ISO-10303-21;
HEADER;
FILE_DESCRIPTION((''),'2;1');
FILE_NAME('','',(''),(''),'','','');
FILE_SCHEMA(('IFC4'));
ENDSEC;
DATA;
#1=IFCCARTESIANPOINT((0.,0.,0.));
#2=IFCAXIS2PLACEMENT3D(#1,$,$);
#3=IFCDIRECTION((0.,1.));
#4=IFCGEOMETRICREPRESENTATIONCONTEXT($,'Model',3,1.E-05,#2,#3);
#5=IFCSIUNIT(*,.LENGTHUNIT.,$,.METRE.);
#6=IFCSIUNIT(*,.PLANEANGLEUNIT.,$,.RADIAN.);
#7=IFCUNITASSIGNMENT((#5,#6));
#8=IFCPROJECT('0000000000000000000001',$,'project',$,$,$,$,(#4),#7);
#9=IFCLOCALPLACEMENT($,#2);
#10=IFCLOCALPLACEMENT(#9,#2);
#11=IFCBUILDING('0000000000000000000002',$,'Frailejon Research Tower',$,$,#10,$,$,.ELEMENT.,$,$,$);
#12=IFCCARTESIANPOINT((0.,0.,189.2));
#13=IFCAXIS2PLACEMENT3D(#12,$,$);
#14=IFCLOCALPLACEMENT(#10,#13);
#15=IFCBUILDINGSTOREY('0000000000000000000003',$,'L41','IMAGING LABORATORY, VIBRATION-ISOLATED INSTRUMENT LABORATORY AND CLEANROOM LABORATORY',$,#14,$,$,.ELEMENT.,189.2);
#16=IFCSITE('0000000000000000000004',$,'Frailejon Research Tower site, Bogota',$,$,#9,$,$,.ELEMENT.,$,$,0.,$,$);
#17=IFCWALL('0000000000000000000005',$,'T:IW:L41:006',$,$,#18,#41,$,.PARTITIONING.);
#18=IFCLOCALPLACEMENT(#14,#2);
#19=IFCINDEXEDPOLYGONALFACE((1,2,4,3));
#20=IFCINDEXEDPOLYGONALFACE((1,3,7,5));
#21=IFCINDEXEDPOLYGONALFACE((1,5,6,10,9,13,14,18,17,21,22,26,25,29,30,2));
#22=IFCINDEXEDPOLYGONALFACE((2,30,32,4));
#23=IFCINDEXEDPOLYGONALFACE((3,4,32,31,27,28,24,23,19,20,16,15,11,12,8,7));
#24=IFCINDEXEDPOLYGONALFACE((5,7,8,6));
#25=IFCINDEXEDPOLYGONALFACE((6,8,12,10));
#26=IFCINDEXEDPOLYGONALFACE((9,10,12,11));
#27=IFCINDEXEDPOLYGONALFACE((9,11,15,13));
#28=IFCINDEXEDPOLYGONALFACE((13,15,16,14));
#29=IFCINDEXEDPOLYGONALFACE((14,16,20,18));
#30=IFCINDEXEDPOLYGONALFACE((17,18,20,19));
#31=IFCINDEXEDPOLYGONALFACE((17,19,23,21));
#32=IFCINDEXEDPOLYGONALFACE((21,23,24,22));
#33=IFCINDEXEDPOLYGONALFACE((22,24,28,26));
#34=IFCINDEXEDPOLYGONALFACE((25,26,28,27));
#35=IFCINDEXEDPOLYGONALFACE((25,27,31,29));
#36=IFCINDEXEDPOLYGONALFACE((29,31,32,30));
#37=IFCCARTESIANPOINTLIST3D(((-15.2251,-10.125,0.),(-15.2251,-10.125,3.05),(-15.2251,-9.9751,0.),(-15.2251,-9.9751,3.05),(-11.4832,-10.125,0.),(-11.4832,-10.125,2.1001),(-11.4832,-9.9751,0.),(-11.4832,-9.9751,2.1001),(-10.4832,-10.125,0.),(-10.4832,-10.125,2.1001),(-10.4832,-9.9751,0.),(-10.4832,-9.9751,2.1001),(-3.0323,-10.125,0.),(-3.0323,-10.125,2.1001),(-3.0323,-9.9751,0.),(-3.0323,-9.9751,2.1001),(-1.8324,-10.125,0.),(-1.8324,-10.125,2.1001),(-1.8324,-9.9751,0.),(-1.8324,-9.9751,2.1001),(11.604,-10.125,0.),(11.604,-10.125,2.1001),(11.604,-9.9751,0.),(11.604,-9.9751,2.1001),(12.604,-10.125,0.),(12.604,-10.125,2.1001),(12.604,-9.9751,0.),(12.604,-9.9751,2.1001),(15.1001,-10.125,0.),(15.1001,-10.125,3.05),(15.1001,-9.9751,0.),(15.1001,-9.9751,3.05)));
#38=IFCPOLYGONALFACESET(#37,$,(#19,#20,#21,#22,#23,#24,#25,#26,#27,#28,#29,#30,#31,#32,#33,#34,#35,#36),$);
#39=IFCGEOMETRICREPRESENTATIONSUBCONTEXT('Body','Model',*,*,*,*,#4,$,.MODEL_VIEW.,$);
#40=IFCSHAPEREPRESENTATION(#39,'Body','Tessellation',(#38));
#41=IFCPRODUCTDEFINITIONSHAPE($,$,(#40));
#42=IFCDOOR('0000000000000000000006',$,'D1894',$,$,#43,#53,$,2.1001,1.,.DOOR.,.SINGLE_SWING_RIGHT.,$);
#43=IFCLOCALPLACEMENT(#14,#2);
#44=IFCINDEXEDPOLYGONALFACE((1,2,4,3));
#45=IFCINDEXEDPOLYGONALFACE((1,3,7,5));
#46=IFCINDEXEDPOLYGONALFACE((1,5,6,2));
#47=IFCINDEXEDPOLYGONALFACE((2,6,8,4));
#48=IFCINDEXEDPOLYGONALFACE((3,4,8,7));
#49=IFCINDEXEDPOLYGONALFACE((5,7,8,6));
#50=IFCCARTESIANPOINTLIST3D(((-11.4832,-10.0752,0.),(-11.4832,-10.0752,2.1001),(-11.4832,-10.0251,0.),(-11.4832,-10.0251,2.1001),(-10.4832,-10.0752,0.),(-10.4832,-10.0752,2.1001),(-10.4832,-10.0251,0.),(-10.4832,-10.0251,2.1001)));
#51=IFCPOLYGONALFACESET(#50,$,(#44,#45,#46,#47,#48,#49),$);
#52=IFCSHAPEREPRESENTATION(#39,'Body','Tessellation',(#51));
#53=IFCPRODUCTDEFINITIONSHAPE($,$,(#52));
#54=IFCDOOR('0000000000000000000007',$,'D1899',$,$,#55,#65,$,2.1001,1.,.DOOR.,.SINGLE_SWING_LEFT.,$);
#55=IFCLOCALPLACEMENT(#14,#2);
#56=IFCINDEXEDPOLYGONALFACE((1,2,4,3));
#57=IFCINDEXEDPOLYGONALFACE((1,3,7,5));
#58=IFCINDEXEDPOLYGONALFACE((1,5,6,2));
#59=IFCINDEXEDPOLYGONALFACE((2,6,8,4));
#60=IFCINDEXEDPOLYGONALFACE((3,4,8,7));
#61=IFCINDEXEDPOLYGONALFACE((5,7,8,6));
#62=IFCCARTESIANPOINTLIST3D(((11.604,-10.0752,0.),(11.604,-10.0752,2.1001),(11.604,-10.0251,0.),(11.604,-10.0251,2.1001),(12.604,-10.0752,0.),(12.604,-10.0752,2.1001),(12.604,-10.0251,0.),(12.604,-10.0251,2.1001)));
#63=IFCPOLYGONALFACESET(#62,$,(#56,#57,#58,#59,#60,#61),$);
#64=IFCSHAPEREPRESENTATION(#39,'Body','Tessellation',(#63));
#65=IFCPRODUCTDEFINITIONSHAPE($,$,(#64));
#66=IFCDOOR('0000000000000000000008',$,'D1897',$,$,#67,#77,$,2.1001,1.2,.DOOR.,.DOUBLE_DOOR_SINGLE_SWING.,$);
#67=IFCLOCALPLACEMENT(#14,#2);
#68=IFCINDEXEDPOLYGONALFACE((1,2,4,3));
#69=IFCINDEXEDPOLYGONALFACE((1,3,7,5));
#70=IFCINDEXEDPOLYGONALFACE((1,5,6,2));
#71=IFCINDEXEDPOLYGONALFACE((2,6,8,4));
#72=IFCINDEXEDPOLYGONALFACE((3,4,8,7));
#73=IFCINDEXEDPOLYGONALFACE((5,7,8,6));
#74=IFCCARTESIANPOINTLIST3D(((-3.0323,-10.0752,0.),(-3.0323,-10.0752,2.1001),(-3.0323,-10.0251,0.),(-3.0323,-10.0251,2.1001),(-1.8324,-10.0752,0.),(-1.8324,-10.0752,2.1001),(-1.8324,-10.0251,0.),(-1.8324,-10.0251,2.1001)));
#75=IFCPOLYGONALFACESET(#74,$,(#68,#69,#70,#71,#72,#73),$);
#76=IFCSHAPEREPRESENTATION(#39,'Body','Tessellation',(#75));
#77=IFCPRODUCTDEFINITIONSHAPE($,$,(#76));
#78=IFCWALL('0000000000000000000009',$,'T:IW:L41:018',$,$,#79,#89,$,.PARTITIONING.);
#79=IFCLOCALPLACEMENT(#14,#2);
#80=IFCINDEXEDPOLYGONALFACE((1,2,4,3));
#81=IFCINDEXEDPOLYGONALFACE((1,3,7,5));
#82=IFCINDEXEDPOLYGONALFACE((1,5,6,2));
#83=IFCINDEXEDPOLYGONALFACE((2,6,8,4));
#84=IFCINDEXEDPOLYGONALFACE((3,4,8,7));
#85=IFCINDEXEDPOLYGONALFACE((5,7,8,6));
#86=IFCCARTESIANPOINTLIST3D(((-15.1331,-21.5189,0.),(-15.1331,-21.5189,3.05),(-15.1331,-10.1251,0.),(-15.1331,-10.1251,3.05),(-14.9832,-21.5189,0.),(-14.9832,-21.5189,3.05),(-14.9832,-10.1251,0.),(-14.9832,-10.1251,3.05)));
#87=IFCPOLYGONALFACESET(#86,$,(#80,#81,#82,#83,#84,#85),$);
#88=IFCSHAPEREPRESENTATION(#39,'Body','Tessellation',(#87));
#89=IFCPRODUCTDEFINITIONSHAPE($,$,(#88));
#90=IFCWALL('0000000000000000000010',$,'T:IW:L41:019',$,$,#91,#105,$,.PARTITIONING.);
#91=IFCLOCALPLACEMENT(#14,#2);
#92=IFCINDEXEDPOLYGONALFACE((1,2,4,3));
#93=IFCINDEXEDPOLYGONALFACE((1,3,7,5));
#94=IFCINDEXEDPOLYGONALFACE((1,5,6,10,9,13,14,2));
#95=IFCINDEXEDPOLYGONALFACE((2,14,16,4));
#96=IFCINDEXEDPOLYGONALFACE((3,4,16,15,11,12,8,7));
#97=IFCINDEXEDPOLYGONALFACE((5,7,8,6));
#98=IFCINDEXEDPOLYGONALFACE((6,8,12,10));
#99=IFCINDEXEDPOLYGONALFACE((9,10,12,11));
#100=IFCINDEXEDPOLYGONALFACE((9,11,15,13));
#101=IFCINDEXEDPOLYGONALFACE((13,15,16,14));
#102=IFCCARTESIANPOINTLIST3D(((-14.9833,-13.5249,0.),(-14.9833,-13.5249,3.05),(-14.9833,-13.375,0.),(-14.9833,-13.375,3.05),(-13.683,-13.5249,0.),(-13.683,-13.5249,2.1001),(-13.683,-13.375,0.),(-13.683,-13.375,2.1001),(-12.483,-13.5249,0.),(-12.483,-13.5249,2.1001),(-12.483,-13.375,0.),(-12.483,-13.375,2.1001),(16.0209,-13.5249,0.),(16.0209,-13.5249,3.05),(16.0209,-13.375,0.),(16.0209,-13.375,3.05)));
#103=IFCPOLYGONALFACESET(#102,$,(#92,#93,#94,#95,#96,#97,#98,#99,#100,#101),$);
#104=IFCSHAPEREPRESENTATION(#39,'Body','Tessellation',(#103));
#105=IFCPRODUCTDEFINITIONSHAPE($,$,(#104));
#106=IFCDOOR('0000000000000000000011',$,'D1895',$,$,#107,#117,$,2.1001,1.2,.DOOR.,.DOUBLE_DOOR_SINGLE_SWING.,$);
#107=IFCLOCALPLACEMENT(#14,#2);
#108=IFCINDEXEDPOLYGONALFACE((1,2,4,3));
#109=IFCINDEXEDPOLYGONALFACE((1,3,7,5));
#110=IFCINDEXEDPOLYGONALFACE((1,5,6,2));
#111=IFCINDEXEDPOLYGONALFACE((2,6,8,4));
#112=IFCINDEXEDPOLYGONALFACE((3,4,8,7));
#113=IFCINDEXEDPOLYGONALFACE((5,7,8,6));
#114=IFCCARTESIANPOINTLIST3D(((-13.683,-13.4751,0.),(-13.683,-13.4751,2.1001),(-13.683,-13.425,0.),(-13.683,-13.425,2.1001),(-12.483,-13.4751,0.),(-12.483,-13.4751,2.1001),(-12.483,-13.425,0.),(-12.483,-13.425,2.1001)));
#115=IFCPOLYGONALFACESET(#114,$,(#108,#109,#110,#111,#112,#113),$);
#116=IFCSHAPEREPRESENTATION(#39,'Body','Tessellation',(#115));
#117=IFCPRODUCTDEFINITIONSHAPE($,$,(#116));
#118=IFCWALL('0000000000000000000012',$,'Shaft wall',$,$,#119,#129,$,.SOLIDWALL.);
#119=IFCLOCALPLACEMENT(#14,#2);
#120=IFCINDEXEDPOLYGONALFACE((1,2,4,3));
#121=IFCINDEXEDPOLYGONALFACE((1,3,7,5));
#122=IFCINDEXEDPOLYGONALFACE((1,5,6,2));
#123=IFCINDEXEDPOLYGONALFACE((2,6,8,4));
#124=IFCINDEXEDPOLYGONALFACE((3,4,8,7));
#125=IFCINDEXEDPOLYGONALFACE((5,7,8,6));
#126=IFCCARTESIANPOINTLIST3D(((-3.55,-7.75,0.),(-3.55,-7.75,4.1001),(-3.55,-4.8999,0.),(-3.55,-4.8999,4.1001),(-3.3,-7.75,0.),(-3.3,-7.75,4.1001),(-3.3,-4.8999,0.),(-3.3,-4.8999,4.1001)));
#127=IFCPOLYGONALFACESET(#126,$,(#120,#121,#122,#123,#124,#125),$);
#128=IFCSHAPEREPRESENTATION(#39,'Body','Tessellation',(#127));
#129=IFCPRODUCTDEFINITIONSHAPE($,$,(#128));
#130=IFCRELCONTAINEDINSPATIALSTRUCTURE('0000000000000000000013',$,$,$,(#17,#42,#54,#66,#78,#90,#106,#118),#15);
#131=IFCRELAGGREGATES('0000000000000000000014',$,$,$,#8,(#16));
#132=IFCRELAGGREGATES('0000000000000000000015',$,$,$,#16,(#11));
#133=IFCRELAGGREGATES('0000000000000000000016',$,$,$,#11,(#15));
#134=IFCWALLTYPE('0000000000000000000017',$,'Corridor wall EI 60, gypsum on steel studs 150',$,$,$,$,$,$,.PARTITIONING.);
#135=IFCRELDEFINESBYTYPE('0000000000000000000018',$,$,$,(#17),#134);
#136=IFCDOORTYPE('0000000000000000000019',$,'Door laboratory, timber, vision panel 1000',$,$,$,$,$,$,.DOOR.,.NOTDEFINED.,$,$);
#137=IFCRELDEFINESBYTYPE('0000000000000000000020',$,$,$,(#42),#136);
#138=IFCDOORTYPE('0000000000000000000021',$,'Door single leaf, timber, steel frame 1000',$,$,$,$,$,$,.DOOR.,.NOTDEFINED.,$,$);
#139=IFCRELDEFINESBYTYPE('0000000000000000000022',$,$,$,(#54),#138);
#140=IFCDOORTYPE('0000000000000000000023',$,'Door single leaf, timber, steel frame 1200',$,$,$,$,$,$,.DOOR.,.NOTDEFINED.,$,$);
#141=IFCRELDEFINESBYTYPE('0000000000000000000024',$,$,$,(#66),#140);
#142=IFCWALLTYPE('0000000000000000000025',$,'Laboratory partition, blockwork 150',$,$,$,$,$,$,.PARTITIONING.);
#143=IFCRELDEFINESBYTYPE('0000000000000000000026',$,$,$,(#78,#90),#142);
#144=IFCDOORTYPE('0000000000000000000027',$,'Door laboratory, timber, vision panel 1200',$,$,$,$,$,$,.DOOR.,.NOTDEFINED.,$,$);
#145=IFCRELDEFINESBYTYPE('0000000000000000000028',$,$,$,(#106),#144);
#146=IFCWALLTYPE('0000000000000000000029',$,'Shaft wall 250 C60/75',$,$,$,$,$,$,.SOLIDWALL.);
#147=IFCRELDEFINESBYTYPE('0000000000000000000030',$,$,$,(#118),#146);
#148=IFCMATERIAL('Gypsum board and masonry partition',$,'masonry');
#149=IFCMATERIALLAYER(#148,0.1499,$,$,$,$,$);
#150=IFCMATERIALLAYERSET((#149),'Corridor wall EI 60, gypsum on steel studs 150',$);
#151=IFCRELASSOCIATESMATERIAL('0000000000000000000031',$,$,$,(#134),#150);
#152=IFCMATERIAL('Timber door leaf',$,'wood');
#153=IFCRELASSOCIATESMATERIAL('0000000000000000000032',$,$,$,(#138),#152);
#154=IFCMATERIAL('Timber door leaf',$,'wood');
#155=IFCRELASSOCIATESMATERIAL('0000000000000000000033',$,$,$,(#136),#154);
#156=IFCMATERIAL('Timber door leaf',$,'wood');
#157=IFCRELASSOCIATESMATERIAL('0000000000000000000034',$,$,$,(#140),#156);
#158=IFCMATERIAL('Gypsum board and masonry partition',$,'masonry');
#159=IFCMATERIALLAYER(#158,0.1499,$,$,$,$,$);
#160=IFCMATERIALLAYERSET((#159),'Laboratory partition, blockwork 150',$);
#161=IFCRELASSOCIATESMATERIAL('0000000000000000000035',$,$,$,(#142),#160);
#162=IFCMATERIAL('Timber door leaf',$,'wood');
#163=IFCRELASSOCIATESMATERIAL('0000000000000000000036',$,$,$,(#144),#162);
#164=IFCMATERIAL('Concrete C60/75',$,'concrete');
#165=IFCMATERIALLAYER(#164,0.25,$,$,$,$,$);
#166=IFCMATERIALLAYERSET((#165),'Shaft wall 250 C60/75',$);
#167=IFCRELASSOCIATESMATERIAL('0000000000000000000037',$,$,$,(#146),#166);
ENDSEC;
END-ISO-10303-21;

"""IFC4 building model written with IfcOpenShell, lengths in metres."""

from ifc_helpers import new_model, si_unit, direction, frame, frame_2d, origin, place, context, subcontext, project, spatial, rectangle, extrude, material, layer, layer_set, type_object, element, fill, save


model = new_model("IFC4")

# Units and contexts
model_context = context("Model", 3, precision=1e-05, world=origin(), true_north=direction((0.0, 1.0)))
body_context = subcontext(model_context, "Body", "Model", "MODEL_VIEW")
ifc_project = project(units=[si_unit("LENGTHUNIT", "METRE"), si_unit("PLANEANGLEUNIT", "RADIAN")], contexts=[model_context])

# Site, building, storey
site_placement = place(None, origin())
site = spatial("IfcSite", under=ifc_project, at=site_placement, Name="Frailejon Research Tower site, Bogota", CompositionType="ELEMENT", RefElevation=0.0)
building_placement = place(site_placement, origin())
building = spatial("IfcBuilding", under=site, at=building_placement, Name="Frailejon Research Tower", CompositionType="ELEMENT")
storey_placement = place(building_placement, frame((0.0, 0.0, 189.2)))
storey = spatial("IfcBuildingStorey", under=building, at=storey_placement, Name="L41", Description="IMAGING LABORATORY, VIBRATION-ISOLATED INSTRUMENT LABORATORY AND CLEANROOM LABORATORY", CompositionType="ELEMENT", Elevation=189.2)

# Shared definitions
ifc_material_1 = material(Name="Gypsum board and masonry partition", Category="masonry")
ifc_layer_1 = layer(ifc_material_1, 0.1499)
ifc_layer_set_1 = layer_set([ifc_layer_1], Name="Corridor wall EI 60, gypsum on steel studs 150")
wall_type_1 = type_object("IfcWallType", Name="Corridor wall EI 60, gypsum on steel studs 150", PredefinedType="PARTITIONING", material=ifc_layer_set_1)
ifc_material_2 = material(Name="Timber door leaf", Category="wood")
door_type_1 = type_object("IfcDoorType", Name="Door single leaf, timber, steel frame 1000", OperationType="NOTDEFINED", PredefinedType="DOOR", material=ifc_material_2)

# Wall, openings, doors
wall_1_placement = place(storey_placement, frame((-15.2251, -10.05, 0.0), z_axis=(0.0, 0.0, 1.0), x_axis=(1.0, 0.0, 0.0)))
wall_1 = element("IfcWall", 1, at=wall_1_placement, inside=storey, type_object=wall_type_1, Name="T:IW:L41:006", PredefinedType="PARTITIONING", context=body_context, shape_type="SweptSolid", body=[
    extrude(rectangle(XDim=30.3252, YDim=0.1499, at=frame_2d((15.1626, 0.0))), origin(), (0.0, 0.0, 1.0), 3.05),
])
opening_1_placement = place(wall_1_placement, frame((3.7419, 0.0, 0.0)))
opening_1 = element("IfcOpeningElement", 2, at=opening_1_placement, cuts=wall_1, PredefinedType="OPENING", context=body_context, shape_type="SweptSolid", body=[
    extrude(rectangle(XDim=1.0, YDim=2.1001, at=frame_2d((0.5, 1.05))), frame((0.0, 0.085, 0.0), z_axis=(0.0, -1.0, 0.0), x_axis=(1.0, 0.0, 0.0)), (0.0, 0.0, 1.0), 0.1699),
])
opening_2_placement = place(wall_1_placement, frame((12.1926, 0.0, 0.0)))
opening_2 = element("IfcOpeningElement", 3, at=opening_2_placement, cuts=wall_1, PredefinedType="OPENING", context=body_context, shape_type="SweptSolid", body=[
    extrude(rectangle(XDim=1.2, YDim=2.1001, at=frame_2d((0.6001, 1.05))), frame((0.0, 0.085, 0.0), z_axis=(0.0, -1.0, 0.0), x_axis=(1.0, 0.0, 0.0)), (0.0, 0.0, 1.0), 0.1699),
])
opening_3_placement = place(wall_1_placement, frame((26.8291, 0.0, 0.0)))
opening_3 = element("IfcOpeningElement", 4, at=opening_3_placement, cuts=wall_1, PredefinedType="OPENING", context=body_context, shape_type="SweptSolid", body=[
    extrude(rectangle(XDim=1.0, YDim=2.1001, at=frame_2d((0.5, 1.05))), frame((0.0, 0.085, 0.0), z_axis=(0.0, -1.0, 0.0), x_axis=(1.0, 0.0, 0.0)), (0.0, 0.0, 1.0), 0.1699),
])
ifc_material_3 = material(Name="Timber door leaf", Category="wood")
door_type_2 = type_object("IfcDoorType", Name="Door laboratory, timber, vision panel 1000", OperationType="NOTDEFINED", PredefinedType="DOOR", material=ifc_material_3)
door_1_placement = place(opening_1_placement, origin())
door_1 = element("IfcDoor", 5, at=door_1_placement, inside=storey, type_object=door_type_2, Name="D1894", OperationType="SINGLE_SWING_RIGHT", OverallHeight=2.1001, OverallWidth=1.0, PredefinedType="DOOR", context=body_context, shape_type="SweptSolid", body=[
    extrude(rectangle(XDim=1.0, YDim=2.1001, at=frame_2d((0.5, 1.05))), frame((0.0, 0.0249, 0.0), z_axis=(0.0, -1.0, 0.0), x_axis=(1.0, 0.0, 0.0)), (0.0, 0.0, 1.0), 0.05),
])
fill(opening_1, door_1)
door_2_placement = place(opening_3_placement, origin())
door_2 = element("IfcDoor", 6, at=door_2_placement, inside=storey, type_object=door_type_1, Name="D1899", OperationType="SINGLE_SWING_LEFT", OverallHeight=2.1001, OverallWidth=1.0, PredefinedType="DOOR", context=body_context, shape_type="SweptSolid", body=[
    extrude(rectangle(XDim=1.0, YDim=2.1001, at=frame_2d((0.5, 1.05))), frame((0.0, 0.0249, 0.0), z_axis=(0.0, -1.0, 0.0), x_axis=(1.0, 0.0, 0.0)), (0.0, 0.0, 1.0), 0.05),
])
fill(opening_3, door_2)
ifc_material_4 = material(Name="Timber door leaf", Category="wood")
door_type_3 = type_object("IfcDoorType", Name="Door single leaf, timber, steel frame 1200", OperationType="NOTDEFINED", PredefinedType="DOOR", material=ifc_material_4)
door_3_placement = place(opening_2_placement, origin())
door_3 = element("IfcDoor", 7, at=door_3_placement, inside=storey, type_object=door_type_3, Name="D1897", OperationType="DOUBLE_DOOR_SINGLE_SWING", OverallHeight=2.1001, OverallWidth=1.2, PredefinedType="DOOR", context=body_context, shape_type="SweptSolid", body=[
    extrude(rectangle(XDim=1.2, YDim=2.1001, at=frame_2d((0.6001, 1.05))), frame((0.0, 0.0249, 0.0), z_axis=(0.0, -1.0, 0.0), x_axis=(1.0, 0.0, 0.0)), (0.0, 0.0, 1.0), 0.05),
])
fill(opening_2, door_3)

# Wall
ifc_material_5 = material(Name="Gypsum board and masonry partition", Category="masonry")
ifc_layer_2 = layer(ifc_material_5, 0.1499)
ifc_layer_set_2 = layer_set([ifc_layer_2], Name="Laboratory partition, blockwork 150")
wall_type_2 = type_object("IfcWallType", Name="Laboratory partition, blockwork 150", PredefinedType="PARTITIONING", material=ifc_layer_set_2)
wall_2_placement = place(storey_placement, frame((-15.0581, -21.5188, 0.0), z_axis=(0.0, 0.0, 1.0), x_axis=(0.0, 1.0, 0.0)))
element("IfcWall", 8, at=wall_2_placement, inside=storey, type_object=wall_type_2, Name="T:IW:L41:018", PredefinedType="PARTITIONING", context=body_context, shape_type="SweptSolid", body=[
    extrude(rectangle(XDim=11.3938, YDim=0.1499, at=frame_2d((5.6968, 0.0))), origin(), (0.0, 0.0, 1.0), 3.05),
])

# Wall, opening, door
wall_3_placement = place(storey_placement, frame((-14.9832, -13.45, 0.0), z_axis=(0.0, 0.0, 1.0), x_axis=(1.0, 0.0, 0.0)))
wall_3 = element("IfcWall", 9, at=wall_3_placement, inside=storey, type_object=wall_type_2, Name="T:IW:L41:019", PredefinedType="PARTITIONING", context=body_context, shape_type="SweptSolid", body=[
    extrude(rectangle(XDim=31.0042, YDim=0.1499, at=frame_2d((15.502, 0.0))), origin(), (0.0, 0.0, 1.0), 3.05),
])
opening_4_placement = place(wall_3_placement, frame((1.3, 0.0, 0.0)))
opening_4 = element("IfcOpeningElement", 10, at=opening_4_placement, cuts=wall_3, PredefinedType="OPENING", context=body_context, shape_type="SweptSolid", body=[
    extrude(rectangle(XDim=1.2, YDim=2.1001, at=frame_2d((0.6001, 1.05))), frame((0.0, 0.085, 0.0), z_axis=(0.0, -1.0, 0.0), x_axis=(1.0, 0.0, 0.0)), (0.0, 0.0, 1.0), 0.1699),
])
ifc_material_6 = material(Name="Timber door leaf", Category="wood")
door_type_4 = type_object("IfcDoorType", Name="Door laboratory, timber, vision panel 1200", OperationType="NOTDEFINED", PredefinedType="DOOR", material=ifc_material_6)
door_4_placement = place(opening_4_placement, origin())
door_4 = element("IfcDoor", 11, at=door_4_placement, inside=storey, type_object=door_type_4, Name="D1895", OperationType="DOUBLE_DOOR_SINGLE_SWING", OverallHeight=2.1001, OverallWidth=1.2, PredefinedType="DOOR", context=body_context, shape_type="SweptSolid", body=[
    extrude(rectangle(XDim=1.2, YDim=2.1001, at=frame_2d((0.6001, 1.05))), frame((0.0, 0.0249, 0.0), z_axis=(0.0, -1.0, 0.0), x_axis=(1.0, 0.0, 0.0)), (0.0, 0.0, 1.0), 0.05),
])
fill(opening_4, door_4)

# Wall
ifc_material_7 = material(Name="Concrete C60/75", Category="concrete")
ifc_layer_3 = layer(ifc_material_7, 0.25)
ifc_layer_set_3 = layer_set([ifc_layer_3], Name="Shaft wall 250 C60/75")
wall_type_3 = type_object("IfcWallType", Name="Shaft wall 250 C60/75", PredefinedType="SOLIDWALL", material=ifc_layer_set_3)
wall_4_placement = place(storey_placement, frame((-3.425, -7.75, 0.0), z_axis=(0.0, 0.0, 1.0), x_axis=(0.0, 1.0, 0.0)))
element("IfcWall", 12, at=wall_4_placement, inside=storey, type_object=wall_type_3, Name="Shaft wall", PredefinedType="SOLIDWALL", context=body_context, shape_type="SweptSolid", body=[
    extrude(rectangle(XDim=2.8501, YDim=0.25, at=frame_2d((1.425, 0.0))), origin(), (0.0, 0.0, 1.0), 4.1001),
])

save(model, "model.ifc")
